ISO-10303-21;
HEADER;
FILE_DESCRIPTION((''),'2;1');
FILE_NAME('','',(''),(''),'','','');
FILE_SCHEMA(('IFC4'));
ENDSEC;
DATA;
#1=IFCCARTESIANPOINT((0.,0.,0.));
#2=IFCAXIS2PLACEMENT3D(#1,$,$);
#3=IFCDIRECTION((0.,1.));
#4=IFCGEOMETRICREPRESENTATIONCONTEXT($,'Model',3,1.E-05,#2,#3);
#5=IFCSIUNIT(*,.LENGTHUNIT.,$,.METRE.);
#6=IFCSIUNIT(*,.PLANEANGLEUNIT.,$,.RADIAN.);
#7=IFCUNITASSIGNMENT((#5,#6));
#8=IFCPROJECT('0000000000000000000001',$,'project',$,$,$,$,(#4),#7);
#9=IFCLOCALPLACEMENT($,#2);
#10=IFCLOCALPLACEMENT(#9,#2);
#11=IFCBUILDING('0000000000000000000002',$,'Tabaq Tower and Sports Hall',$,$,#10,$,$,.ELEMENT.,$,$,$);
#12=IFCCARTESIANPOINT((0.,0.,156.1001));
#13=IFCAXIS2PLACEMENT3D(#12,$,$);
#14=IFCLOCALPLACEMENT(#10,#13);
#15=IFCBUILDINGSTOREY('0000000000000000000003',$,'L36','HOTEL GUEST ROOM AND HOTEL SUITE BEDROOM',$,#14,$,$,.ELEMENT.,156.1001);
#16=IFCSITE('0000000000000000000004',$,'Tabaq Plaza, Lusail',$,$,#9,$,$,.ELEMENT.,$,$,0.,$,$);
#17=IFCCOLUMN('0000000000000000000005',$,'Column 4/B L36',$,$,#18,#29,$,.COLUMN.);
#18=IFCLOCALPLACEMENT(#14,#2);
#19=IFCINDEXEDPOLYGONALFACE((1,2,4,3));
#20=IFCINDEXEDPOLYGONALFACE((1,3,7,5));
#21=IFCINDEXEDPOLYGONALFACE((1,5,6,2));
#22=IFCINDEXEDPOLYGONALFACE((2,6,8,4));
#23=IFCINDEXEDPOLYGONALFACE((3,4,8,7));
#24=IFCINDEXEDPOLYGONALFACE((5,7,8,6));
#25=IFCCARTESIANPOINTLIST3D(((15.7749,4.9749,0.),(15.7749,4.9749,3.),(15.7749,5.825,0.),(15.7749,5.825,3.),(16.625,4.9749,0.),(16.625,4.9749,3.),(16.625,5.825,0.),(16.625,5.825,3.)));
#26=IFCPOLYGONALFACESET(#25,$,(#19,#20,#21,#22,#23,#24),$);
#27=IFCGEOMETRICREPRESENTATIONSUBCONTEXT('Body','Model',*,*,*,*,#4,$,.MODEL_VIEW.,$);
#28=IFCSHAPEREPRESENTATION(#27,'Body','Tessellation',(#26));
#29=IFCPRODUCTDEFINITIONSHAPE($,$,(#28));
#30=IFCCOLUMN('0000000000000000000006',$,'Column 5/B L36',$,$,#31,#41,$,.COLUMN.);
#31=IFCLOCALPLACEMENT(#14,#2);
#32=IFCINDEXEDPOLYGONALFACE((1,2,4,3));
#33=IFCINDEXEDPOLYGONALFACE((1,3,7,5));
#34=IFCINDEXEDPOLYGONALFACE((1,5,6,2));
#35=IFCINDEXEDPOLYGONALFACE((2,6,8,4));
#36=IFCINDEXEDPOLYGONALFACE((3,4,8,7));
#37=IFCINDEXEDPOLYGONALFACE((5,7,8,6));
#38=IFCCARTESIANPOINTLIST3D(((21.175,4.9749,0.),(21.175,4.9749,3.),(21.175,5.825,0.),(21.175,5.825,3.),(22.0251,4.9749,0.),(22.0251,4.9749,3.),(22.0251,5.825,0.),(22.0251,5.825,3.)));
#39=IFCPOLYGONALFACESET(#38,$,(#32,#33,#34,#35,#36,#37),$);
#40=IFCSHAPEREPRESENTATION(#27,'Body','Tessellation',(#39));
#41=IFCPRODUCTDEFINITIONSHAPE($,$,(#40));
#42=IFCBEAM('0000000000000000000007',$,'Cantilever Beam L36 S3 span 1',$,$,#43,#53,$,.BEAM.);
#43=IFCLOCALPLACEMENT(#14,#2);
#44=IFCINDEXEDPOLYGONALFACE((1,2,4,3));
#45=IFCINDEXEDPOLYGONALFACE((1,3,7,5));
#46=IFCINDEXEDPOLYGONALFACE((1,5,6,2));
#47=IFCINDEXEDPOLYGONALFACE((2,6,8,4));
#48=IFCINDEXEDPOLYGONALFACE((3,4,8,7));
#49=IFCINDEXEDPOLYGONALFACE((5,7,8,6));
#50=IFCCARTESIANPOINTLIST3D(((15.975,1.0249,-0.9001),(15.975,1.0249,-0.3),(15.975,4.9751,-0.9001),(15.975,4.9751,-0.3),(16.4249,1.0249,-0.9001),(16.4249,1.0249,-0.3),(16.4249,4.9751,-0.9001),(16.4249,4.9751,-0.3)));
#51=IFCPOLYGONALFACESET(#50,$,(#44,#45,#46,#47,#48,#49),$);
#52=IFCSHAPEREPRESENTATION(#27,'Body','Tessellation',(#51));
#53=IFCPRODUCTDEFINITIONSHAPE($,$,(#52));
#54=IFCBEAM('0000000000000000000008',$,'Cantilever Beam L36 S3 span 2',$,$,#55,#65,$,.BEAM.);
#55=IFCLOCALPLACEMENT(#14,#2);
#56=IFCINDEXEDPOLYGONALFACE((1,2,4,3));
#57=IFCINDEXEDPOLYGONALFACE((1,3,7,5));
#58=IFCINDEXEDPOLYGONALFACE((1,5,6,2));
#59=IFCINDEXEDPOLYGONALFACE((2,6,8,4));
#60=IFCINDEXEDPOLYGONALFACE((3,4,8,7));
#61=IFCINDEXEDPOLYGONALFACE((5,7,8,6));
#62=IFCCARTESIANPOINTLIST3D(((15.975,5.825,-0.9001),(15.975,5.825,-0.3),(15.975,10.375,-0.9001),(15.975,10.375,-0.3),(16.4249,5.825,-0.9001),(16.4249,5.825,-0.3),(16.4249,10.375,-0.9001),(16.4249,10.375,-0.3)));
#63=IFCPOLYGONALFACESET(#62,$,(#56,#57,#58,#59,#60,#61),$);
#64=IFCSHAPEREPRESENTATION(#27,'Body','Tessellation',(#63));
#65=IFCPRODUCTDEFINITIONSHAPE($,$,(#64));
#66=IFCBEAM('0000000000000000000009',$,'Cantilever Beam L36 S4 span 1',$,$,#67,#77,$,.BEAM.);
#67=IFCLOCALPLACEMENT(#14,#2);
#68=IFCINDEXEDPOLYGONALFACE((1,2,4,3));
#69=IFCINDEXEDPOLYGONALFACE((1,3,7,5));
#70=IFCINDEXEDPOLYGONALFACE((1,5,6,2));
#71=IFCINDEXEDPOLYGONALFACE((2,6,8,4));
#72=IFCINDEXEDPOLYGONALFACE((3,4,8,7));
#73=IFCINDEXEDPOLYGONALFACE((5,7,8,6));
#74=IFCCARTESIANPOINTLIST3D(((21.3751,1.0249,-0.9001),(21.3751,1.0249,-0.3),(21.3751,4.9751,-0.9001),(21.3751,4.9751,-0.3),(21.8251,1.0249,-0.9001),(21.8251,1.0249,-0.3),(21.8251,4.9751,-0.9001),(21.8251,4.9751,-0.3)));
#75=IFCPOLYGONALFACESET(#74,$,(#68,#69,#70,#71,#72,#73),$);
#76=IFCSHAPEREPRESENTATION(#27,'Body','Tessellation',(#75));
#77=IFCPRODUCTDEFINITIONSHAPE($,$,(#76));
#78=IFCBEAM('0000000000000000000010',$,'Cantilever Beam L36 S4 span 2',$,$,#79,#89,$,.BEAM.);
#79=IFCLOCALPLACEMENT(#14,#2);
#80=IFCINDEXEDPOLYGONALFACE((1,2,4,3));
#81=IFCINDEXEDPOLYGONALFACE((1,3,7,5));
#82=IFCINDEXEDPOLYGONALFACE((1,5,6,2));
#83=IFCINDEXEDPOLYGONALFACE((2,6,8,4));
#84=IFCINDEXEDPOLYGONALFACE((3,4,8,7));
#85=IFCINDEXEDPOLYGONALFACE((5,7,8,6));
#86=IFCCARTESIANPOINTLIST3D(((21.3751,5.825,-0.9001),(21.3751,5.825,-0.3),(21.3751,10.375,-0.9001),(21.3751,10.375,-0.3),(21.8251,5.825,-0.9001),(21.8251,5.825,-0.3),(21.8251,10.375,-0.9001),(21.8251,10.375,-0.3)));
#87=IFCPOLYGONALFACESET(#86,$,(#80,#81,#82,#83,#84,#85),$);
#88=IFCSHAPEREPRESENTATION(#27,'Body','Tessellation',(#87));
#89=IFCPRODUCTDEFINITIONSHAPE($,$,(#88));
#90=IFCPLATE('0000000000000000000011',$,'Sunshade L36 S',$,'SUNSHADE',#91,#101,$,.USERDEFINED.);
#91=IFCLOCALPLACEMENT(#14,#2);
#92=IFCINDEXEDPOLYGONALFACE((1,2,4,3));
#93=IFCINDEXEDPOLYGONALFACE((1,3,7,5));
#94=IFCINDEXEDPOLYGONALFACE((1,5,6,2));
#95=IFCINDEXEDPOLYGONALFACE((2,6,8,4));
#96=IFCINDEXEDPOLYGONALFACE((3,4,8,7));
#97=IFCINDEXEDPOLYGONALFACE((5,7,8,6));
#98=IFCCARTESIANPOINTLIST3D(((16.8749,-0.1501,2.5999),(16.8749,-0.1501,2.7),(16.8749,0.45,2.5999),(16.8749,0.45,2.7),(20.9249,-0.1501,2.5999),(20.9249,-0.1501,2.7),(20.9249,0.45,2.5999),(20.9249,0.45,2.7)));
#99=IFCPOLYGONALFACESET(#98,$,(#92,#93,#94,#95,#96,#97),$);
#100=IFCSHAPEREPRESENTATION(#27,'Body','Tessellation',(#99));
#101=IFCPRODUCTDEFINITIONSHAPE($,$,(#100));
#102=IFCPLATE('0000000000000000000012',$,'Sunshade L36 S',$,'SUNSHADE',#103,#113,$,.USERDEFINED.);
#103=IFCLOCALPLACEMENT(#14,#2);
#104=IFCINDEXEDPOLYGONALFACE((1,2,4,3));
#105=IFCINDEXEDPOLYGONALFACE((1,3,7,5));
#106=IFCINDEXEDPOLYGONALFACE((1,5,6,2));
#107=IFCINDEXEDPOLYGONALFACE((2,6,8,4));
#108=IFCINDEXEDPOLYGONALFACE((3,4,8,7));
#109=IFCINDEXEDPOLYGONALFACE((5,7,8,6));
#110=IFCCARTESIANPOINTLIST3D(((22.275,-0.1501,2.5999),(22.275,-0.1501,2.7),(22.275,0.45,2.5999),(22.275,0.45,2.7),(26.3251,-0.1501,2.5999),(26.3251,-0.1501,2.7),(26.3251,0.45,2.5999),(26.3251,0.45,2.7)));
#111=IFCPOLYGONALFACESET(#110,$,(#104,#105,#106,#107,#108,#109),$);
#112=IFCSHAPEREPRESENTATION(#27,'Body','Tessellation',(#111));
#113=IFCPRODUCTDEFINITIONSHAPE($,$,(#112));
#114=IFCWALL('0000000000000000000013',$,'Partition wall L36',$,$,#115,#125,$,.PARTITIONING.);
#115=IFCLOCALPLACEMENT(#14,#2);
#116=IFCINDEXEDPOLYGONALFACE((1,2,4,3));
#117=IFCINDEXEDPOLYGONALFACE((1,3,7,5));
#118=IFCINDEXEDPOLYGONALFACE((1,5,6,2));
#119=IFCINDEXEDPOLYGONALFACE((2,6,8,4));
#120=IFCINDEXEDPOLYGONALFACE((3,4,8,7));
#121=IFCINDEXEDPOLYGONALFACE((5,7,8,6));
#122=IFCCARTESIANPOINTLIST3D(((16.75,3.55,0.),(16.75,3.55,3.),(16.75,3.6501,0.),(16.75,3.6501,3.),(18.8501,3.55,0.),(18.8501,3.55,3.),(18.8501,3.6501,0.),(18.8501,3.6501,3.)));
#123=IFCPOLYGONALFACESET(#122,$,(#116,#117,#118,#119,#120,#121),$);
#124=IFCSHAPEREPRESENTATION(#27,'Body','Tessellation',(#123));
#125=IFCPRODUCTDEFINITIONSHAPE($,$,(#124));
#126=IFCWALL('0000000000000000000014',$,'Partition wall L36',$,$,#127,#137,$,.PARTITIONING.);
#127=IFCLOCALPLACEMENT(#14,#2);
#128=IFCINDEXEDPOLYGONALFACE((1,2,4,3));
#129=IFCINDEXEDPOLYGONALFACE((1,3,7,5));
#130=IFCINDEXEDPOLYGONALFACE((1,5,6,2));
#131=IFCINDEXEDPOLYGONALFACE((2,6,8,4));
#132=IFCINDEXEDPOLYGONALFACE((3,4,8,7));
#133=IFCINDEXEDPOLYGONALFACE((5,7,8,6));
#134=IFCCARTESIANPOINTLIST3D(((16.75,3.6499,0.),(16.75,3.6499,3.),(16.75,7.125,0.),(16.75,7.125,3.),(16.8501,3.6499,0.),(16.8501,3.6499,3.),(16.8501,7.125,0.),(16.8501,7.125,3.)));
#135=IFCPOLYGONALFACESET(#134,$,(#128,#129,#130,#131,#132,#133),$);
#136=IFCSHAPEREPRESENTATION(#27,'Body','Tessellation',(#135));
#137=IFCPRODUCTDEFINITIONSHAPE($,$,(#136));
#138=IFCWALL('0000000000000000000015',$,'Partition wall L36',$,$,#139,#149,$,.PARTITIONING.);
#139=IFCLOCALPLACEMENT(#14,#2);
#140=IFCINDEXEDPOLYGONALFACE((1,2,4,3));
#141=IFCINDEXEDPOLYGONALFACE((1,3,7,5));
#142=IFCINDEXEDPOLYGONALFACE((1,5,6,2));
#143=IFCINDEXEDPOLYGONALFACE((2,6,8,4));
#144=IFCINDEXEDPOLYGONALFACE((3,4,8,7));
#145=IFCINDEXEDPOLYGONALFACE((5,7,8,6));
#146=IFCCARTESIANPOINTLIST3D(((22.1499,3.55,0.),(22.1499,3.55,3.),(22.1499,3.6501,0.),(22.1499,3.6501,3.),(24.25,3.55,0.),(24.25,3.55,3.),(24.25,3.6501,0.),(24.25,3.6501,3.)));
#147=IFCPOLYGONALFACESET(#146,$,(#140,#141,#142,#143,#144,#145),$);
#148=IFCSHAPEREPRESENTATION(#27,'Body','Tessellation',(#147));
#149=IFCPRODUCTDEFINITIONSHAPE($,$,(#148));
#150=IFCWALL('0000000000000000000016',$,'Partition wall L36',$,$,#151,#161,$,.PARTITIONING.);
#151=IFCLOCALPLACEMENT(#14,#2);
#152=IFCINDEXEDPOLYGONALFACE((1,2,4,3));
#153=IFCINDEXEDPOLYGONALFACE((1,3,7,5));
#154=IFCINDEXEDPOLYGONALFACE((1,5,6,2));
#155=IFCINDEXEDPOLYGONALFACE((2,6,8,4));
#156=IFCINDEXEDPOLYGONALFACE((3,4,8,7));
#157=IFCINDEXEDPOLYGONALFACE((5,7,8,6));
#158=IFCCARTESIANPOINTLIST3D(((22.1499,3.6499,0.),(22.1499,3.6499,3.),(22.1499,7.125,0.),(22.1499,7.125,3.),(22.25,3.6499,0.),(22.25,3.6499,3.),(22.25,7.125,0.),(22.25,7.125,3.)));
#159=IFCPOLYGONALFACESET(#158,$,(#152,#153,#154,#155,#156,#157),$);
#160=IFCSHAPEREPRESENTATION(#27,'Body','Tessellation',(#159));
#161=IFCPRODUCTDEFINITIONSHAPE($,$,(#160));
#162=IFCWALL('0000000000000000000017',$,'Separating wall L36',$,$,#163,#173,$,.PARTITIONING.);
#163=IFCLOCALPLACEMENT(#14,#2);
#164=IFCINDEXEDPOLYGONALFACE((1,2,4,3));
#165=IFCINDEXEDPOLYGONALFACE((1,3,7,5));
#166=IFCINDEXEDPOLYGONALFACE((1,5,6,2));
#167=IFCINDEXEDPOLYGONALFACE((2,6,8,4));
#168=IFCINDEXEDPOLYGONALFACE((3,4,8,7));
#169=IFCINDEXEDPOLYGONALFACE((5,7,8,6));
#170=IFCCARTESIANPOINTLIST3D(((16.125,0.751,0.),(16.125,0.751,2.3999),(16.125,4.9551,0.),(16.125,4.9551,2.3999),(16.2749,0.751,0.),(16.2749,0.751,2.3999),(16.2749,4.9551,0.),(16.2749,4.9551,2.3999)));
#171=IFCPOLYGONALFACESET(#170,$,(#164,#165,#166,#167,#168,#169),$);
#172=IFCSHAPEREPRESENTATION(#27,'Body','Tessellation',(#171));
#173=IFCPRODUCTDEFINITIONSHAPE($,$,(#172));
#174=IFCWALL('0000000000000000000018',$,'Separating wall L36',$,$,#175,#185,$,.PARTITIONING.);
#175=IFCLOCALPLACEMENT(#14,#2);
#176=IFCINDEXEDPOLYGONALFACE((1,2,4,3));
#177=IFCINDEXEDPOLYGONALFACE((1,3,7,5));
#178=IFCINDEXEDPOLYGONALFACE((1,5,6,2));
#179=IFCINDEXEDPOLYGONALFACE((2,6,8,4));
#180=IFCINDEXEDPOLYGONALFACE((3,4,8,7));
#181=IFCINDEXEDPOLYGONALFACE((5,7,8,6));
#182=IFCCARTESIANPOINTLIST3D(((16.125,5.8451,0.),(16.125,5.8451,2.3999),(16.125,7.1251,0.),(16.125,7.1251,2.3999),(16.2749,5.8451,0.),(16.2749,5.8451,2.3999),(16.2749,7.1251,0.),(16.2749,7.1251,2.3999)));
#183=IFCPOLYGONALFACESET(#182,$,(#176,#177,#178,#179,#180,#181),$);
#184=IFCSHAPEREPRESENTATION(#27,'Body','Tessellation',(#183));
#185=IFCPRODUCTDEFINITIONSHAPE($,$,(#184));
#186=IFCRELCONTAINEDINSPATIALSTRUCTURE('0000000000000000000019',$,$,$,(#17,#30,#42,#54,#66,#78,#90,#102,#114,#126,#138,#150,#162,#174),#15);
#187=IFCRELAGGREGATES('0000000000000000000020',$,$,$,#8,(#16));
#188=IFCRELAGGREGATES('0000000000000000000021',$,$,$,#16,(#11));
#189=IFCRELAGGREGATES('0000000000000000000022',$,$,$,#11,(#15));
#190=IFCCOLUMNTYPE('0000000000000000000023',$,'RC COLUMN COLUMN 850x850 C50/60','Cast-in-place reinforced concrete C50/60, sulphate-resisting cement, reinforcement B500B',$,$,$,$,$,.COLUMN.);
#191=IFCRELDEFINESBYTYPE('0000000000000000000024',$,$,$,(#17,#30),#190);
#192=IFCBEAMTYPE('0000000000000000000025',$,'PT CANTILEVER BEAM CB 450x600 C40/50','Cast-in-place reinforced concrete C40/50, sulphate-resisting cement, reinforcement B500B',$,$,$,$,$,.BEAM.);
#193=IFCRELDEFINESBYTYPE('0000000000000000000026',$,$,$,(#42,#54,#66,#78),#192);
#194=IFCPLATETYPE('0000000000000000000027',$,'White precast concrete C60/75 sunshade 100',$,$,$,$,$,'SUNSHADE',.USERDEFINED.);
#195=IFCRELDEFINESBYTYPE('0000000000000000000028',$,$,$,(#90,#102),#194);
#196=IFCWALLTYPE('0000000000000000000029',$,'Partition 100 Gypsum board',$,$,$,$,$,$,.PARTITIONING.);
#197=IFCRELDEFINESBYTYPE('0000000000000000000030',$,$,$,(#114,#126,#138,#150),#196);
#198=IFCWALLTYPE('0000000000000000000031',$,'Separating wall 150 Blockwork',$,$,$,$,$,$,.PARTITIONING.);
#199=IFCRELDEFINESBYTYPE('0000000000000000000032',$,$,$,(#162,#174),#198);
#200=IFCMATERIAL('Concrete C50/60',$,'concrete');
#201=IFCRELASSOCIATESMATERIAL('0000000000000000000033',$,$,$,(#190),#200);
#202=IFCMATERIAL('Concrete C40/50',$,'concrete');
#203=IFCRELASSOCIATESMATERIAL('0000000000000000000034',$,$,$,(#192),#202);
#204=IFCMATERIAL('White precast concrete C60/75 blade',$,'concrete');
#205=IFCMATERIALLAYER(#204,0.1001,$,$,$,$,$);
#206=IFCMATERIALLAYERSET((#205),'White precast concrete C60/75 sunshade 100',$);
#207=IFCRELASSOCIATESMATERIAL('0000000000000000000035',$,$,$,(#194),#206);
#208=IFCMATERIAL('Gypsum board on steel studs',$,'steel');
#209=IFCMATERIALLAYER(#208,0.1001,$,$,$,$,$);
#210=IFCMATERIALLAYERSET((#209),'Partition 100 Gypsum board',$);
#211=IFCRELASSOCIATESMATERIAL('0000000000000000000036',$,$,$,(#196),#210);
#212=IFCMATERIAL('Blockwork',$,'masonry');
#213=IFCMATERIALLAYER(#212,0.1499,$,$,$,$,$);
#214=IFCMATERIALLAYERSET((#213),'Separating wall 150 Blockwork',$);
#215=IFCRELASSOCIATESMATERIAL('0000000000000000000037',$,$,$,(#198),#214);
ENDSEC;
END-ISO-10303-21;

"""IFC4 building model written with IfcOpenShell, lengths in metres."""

from ifc_helpers import new_model, si_unit, direction, frame, frame_2d, origin, origin_2d, place, context, subcontext, project, spatial, rectangle, extrude, material, layer, layer_set, material_profile, profile_set, type_object, element, save


model = new_model("IFC4")

# Units and contexts
model_context = context("Model", 3, precision=1e-05, world=origin(), true_north=direction((0.0, 1.0)))
body_context = subcontext(model_context, "Body", "Model", "MODEL_VIEW")
ifc_project = project(units=[si_unit("LENGTHUNIT", "METRE"), si_unit("PLANEANGLEUNIT", "RADIAN")], contexts=[model_context])

# Site, building, storey
site_placement = place(None, origin())
site = spatial("IfcSite", under=ifc_project, at=site_placement, Name="Tabaq Plaza, Lusail", CompositionType="ELEMENT", RefElevation=0.0)
building_placement = place(site_placement, origin())
building = spatial("IfcBuilding", under=site, at=building_placement, Name="Tabaq Tower and Sports Hall", CompositionType="ELEMENT")
storey_placement = place(building_placement, frame((0.0, 0.0, 156.1001)))
storey = spatial("IfcBuildingStorey", under=building, at=storey_placement, Name="L36", Description="HOTEL GUEST ROOM AND HOTEL SUITE BEDROOM", CompositionType="ELEMENT", Elevation=156.1001)

# Columns
ifc_material_1 = material(Name="Concrete C50/60", Category="concrete")
ifc_material_profile_1 = material_profile(ifc_material_1, rectangle(XDim=0.8501, YDim=0.8501, at=origin_2d()), Name="COLUMN 850x850")
ifc_profile_set_1 = profile_set([ifc_material_profile_1], Name="Concrete C50/60")
column_type = type_object("IfcColumnType", Name="RC COLUMN COLUMN 850x850 C50/60", Description="Cast-in-place reinforced concrete C50/60, sulphate-resisting cement, reinforcement B500B", PredefinedType="COLUMN", material=ifc_profile_set_1)
for number, where, z_axis, x_axis, name in (
    (1, (16.2, 5.3999, 0.0), (0.0, 0.0, 1.0), (1.0, 0.0, 0.0), "Column 4/B L36"),
    (2, (21.6001, 5.3999, 0.0), (0.0, 0.0, 1.0), (1.0, 0.0, 0.0), "Column 5/B L36"),
):
    element("IfcColumn", number, at=place(storey_placement, frame(where, z_axis=z_axis, x_axis=x_axis)), inside=storey, type_object=column_type, Name=name, PredefinedType="COLUMN", context=body_context, shape_type="SweptSolid", body=[
        extrude(rectangle(XDim=0.8501, YDim=0.8501, at=origin_2d()), origin(), (0.0, 0.0, 1.0), 3.0),
    ])

# Beams
ifc_material_2 = material(Name="Concrete C40/50", Category="concrete")
ifc_material_profile_2 = material_profile(ifc_material_2, rectangle(XDim=0.45, YDim=0.6001, at=origin_2d()), Name="CB 450x600")
ifc_profile_set_2 = profile_set([ifc_material_profile_2], Name="Concrete C40/50")
beam_type = type_object("IfcBeamType", Name="PT CANTILEVER BEAM CB 450x600 C40/50", Description="Cast-in-place reinforced concrete C40/50, sulphate-resisting cement, reinforcement B500B", PredefinedType="BEAM", material=ifc_profile_set_2)
beam_1_placement = place(storey_placement, frame((16.2, 1.0249, -0.6001), z_axis=(0.0, 1.0, 0.0), x_axis=(-1.0, 0.0, 0.0)))
element("IfcBeam", 3, at=beam_1_placement, inside=storey, type_object=beam_type, Name="Cantilever Beam L36 S3 span 1", PredefinedType="BEAM", context=body_context, shape_type="SweptSolid", body=[
    extrude(rectangle(XDim=0.45, YDim=0.6001, at=origin_2d()), origin(), (0.0, 0.0, 1.0), 3.9502),
])
beam_2_placement = place(storey_placement, frame((16.2, 5.825, -0.6001), z_axis=(0.0, 1.0, 0.0), x_axis=(-1.0, 0.0, 0.0)))
element("IfcBeam", 4, at=beam_2_placement, inside=storey, type_object=beam_type, Name="Cantilever Beam L36 S3 span 2", PredefinedType="BEAM", context=body_context, shape_type="SweptSolid", body=[
    extrude(rectangle(XDim=0.45, YDim=0.6001, at=origin_2d()), origin(), (0.0, 0.0, 1.0), 4.55),
])
beam_3_placement = place(storey_placement, frame((21.6001, 1.0249, -0.6001), z_axis=(0.0, 1.0, 0.0), x_axis=(-1.0, 0.0, 0.0)))
element("IfcBeam", 5, at=beam_3_placement, inside=storey, type_object=beam_type, Name="Cantilever Beam L36 S4 span 1", PredefinedType="BEAM", context=body_context, shape_type="SweptSolid", body=[
    extrude(rectangle(XDim=0.45, YDim=0.6001, at=origin_2d()), origin(), (0.0, 0.0, 1.0), 3.9502),
])
beam_4_placement = place(storey_placement, frame((21.6001, 5.825, -0.6001), z_axis=(0.0, 1.0, 0.0), x_axis=(-1.0, 0.0, 0.0)))
element("IfcBeam", 6, at=beam_4_placement, inside=storey, type_object=beam_type, Name="Cantilever Beam L36 S4 span 2", PredefinedType="BEAM", context=body_context, shape_type="SweptSolid", body=[
    extrude(rectangle(XDim=0.45, YDim=0.6001, at=origin_2d()), origin(), (0.0, 0.0, 1.0), 4.55),
])

# Plates
ifc_material_3 = material(Name="White precast concrete C60/75 blade", Category="concrete")
ifc_layer_1 = layer(ifc_material_3, 0.1001)
ifc_layer_set_1 = layer_set([ifc_layer_1], Name="White precast concrete C60/75 sunshade 100")
plate_type = type_object("IfcPlateType", Name="White precast concrete C60/75 sunshade 100", ElementType="SUNSHADE", PredefinedType="USERDEFINED", material=ifc_layer_set_1)
for number, where, z_axis, x_axis, name in (
    (7, (18.8999, 0.1499, 2.5999), (0.0, 0.0, 1.0), (1.0, 0.0, 0.0), "Sunshade L36 S"),
    (8, (24.3, 0.1499, 2.5999), (0.0, 0.0, 1.0), (1.0, 0.0, 0.0), "Sunshade L36 S"),
):
    element("IfcPlate", number, at=place(storey_placement, frame(where, z_axis=z_axis, x_axis=x_axis)), inside=storey, type_object=plate_type, Name=name, ObjectType="SUNSHADE", PredefinedType="USERDEFINED", context=body_context, shape_type="SweptSolid", body=[
        extrude(rectangle(XDim=4.05, YDim=0.6001, at=origin_2d()), origin(), (0.0, 0.0, 1.0), 0.1001),
    ])

# Walls
ifc_material_4 = material(Name="Gypsum board on steel studs", Category="steel")
ifc_layer_2 = layer(ifc_material_4, 0.1001)
ifc_layer_set_2 = layer_set([ifc_layer_2], Name="Partition 100 Gypsum board")
wall_type_1 = type_object("IfcWallType", Name="Partition 100 Gypsum board", PredefinedType="PARTITIONING", material=ifc_layer_set_2)
wall_1_placement = place(storey_placement, frame((18.8501, 3.6001, 0.0), z_axis=(0.0, 0.0, 1.0), x_axis=(-1.0, 0.0, 0.0)))
element("IfcWall", 9, at=wall_1_placement, inside=storey, type_object=wall_type_1, Name="Partition wall L36", PredefinedType="PARTITIONING", context=body_context, shape_type="SweptSolid", body=[
    extrude(rectangle(XDim=2.1001, YDim=0.1001, at=frame_2d((1.05, 0.0))), origin(), (0.0, 0.0, 1.0), 3.0),
])
wall_2_placement = place(storey_placement, frame((16.8, 3.6499, 0.0), z_axis=(0.0, 0.0, 1.0), x_axis=(0.0, 1.0, 0.0)))
element("IfcWall", 10, at=wall_2_placement, inside=storey, type_object=wall_type_1, Name="Partition wall L36", PredefinedType="PARTITIONING", context=body_context, shape_type="SweptSolid", body=[
    extrude(rectangle(XDim=3.4751, YDim=0.1001, at=frame_2d((1.7375, 0.0))), origin(), (0.0, 0.0, 1.0), 3.0),
])
wall_3_placement = place(storey_placement, frame((24.25, 3.6001, 0.0), z_axis=(0.0, 0.0, 1.0), x_axis=(-1.0, 0.0, 0.0)))
element("IfcWall", 11, at=wall_3_placement, inside=storey, type_object=wall_type_1, Name="Partition wall L36", PredefinedType="PARTITIONING", context=body_context, shape_type="SweptSolid", body=[
    extrude(rectangle(XDim=2.1001, YDim=0.1001, at=frame_2d((1.05, 0.0))), origin(), (0.0, 0.0, 1.0), 3.0),
])
wall_4_placement = place(storey_placement, frame((22.2, 3.6499, 0.0), z_axis=(0.0, 0.0, 1.0), x_axis=(0.0, 1.0, 0.0)))
element("IfcWall", 12, at=wall_4_placement, inside=storey, type_object=wall_type_1, Name="Partition wall L36", PredefinedType="PARTITIONING", context=body_context, shape_type="SweptSolid", body=[
    extrude(rectangle(XDim=3.4751, YDim=0.1001, at=frame_2d((1.7375, 0.0))), origin(), (0.0, 0.0, 1.0), 3.0),
])
ifc_material_5 = material(Name="Blockwork", Category="masonry")
ifc_layer_3 = layer(ifc_material_5, 0.1499)
ifc_layer_set_3 = layer_set([ifc_layer_3], Name="Separating wall 150 Blockwork")
wall_type_2 = type_object("IfcWallType", Name="Separating wall 150 Blockwork", PredefinedType="PARTITIONING", material=ifc_layer_set_3)
wall_5_placement = place(storey_placement, frame((16.2, 0.751, 0.0), z_axis=(0.0, 0.0, 1.0), x_axis=(0.0, 1.0, 0.0)))
element("IfcWall", 13, at=wall_5_placement, inside=storey, type_object=wall_type_2, Name="Separating wall L36", PredefinedType="PARTITIONING", context=body_context, shape_type="SweptSolid", body=[
    extrude(rectangle(XDim=4.2041, YDim=0.1499, at=frame_2d((2.1021, 0.0))), origin(), (0.0, 0.0, 1.0), 2.3999),
])
wall_6_placement = place(storey_placement, frame((16.2, 5.845, 0.0), z_axis=(0.0, 0.0, 1.0), x_axis=(0.0, 1.0, 0.0)))
element("IfcWall", 14, at=wall_6_placement, inside=storey, type_object=wall_type_2, Name="Separating wall L36", PredefinedType="PARTITIONING", context=body_context, shape_type="SweptSolid", body=[
    extrude(rectangle(XDim=1.28, YDim=0.1499, at=frame_2d((0.6401, 0.0))), origin(), (0.0, 0.0, 1.0), 2.3999),
])

save(model, "model.ifc")
